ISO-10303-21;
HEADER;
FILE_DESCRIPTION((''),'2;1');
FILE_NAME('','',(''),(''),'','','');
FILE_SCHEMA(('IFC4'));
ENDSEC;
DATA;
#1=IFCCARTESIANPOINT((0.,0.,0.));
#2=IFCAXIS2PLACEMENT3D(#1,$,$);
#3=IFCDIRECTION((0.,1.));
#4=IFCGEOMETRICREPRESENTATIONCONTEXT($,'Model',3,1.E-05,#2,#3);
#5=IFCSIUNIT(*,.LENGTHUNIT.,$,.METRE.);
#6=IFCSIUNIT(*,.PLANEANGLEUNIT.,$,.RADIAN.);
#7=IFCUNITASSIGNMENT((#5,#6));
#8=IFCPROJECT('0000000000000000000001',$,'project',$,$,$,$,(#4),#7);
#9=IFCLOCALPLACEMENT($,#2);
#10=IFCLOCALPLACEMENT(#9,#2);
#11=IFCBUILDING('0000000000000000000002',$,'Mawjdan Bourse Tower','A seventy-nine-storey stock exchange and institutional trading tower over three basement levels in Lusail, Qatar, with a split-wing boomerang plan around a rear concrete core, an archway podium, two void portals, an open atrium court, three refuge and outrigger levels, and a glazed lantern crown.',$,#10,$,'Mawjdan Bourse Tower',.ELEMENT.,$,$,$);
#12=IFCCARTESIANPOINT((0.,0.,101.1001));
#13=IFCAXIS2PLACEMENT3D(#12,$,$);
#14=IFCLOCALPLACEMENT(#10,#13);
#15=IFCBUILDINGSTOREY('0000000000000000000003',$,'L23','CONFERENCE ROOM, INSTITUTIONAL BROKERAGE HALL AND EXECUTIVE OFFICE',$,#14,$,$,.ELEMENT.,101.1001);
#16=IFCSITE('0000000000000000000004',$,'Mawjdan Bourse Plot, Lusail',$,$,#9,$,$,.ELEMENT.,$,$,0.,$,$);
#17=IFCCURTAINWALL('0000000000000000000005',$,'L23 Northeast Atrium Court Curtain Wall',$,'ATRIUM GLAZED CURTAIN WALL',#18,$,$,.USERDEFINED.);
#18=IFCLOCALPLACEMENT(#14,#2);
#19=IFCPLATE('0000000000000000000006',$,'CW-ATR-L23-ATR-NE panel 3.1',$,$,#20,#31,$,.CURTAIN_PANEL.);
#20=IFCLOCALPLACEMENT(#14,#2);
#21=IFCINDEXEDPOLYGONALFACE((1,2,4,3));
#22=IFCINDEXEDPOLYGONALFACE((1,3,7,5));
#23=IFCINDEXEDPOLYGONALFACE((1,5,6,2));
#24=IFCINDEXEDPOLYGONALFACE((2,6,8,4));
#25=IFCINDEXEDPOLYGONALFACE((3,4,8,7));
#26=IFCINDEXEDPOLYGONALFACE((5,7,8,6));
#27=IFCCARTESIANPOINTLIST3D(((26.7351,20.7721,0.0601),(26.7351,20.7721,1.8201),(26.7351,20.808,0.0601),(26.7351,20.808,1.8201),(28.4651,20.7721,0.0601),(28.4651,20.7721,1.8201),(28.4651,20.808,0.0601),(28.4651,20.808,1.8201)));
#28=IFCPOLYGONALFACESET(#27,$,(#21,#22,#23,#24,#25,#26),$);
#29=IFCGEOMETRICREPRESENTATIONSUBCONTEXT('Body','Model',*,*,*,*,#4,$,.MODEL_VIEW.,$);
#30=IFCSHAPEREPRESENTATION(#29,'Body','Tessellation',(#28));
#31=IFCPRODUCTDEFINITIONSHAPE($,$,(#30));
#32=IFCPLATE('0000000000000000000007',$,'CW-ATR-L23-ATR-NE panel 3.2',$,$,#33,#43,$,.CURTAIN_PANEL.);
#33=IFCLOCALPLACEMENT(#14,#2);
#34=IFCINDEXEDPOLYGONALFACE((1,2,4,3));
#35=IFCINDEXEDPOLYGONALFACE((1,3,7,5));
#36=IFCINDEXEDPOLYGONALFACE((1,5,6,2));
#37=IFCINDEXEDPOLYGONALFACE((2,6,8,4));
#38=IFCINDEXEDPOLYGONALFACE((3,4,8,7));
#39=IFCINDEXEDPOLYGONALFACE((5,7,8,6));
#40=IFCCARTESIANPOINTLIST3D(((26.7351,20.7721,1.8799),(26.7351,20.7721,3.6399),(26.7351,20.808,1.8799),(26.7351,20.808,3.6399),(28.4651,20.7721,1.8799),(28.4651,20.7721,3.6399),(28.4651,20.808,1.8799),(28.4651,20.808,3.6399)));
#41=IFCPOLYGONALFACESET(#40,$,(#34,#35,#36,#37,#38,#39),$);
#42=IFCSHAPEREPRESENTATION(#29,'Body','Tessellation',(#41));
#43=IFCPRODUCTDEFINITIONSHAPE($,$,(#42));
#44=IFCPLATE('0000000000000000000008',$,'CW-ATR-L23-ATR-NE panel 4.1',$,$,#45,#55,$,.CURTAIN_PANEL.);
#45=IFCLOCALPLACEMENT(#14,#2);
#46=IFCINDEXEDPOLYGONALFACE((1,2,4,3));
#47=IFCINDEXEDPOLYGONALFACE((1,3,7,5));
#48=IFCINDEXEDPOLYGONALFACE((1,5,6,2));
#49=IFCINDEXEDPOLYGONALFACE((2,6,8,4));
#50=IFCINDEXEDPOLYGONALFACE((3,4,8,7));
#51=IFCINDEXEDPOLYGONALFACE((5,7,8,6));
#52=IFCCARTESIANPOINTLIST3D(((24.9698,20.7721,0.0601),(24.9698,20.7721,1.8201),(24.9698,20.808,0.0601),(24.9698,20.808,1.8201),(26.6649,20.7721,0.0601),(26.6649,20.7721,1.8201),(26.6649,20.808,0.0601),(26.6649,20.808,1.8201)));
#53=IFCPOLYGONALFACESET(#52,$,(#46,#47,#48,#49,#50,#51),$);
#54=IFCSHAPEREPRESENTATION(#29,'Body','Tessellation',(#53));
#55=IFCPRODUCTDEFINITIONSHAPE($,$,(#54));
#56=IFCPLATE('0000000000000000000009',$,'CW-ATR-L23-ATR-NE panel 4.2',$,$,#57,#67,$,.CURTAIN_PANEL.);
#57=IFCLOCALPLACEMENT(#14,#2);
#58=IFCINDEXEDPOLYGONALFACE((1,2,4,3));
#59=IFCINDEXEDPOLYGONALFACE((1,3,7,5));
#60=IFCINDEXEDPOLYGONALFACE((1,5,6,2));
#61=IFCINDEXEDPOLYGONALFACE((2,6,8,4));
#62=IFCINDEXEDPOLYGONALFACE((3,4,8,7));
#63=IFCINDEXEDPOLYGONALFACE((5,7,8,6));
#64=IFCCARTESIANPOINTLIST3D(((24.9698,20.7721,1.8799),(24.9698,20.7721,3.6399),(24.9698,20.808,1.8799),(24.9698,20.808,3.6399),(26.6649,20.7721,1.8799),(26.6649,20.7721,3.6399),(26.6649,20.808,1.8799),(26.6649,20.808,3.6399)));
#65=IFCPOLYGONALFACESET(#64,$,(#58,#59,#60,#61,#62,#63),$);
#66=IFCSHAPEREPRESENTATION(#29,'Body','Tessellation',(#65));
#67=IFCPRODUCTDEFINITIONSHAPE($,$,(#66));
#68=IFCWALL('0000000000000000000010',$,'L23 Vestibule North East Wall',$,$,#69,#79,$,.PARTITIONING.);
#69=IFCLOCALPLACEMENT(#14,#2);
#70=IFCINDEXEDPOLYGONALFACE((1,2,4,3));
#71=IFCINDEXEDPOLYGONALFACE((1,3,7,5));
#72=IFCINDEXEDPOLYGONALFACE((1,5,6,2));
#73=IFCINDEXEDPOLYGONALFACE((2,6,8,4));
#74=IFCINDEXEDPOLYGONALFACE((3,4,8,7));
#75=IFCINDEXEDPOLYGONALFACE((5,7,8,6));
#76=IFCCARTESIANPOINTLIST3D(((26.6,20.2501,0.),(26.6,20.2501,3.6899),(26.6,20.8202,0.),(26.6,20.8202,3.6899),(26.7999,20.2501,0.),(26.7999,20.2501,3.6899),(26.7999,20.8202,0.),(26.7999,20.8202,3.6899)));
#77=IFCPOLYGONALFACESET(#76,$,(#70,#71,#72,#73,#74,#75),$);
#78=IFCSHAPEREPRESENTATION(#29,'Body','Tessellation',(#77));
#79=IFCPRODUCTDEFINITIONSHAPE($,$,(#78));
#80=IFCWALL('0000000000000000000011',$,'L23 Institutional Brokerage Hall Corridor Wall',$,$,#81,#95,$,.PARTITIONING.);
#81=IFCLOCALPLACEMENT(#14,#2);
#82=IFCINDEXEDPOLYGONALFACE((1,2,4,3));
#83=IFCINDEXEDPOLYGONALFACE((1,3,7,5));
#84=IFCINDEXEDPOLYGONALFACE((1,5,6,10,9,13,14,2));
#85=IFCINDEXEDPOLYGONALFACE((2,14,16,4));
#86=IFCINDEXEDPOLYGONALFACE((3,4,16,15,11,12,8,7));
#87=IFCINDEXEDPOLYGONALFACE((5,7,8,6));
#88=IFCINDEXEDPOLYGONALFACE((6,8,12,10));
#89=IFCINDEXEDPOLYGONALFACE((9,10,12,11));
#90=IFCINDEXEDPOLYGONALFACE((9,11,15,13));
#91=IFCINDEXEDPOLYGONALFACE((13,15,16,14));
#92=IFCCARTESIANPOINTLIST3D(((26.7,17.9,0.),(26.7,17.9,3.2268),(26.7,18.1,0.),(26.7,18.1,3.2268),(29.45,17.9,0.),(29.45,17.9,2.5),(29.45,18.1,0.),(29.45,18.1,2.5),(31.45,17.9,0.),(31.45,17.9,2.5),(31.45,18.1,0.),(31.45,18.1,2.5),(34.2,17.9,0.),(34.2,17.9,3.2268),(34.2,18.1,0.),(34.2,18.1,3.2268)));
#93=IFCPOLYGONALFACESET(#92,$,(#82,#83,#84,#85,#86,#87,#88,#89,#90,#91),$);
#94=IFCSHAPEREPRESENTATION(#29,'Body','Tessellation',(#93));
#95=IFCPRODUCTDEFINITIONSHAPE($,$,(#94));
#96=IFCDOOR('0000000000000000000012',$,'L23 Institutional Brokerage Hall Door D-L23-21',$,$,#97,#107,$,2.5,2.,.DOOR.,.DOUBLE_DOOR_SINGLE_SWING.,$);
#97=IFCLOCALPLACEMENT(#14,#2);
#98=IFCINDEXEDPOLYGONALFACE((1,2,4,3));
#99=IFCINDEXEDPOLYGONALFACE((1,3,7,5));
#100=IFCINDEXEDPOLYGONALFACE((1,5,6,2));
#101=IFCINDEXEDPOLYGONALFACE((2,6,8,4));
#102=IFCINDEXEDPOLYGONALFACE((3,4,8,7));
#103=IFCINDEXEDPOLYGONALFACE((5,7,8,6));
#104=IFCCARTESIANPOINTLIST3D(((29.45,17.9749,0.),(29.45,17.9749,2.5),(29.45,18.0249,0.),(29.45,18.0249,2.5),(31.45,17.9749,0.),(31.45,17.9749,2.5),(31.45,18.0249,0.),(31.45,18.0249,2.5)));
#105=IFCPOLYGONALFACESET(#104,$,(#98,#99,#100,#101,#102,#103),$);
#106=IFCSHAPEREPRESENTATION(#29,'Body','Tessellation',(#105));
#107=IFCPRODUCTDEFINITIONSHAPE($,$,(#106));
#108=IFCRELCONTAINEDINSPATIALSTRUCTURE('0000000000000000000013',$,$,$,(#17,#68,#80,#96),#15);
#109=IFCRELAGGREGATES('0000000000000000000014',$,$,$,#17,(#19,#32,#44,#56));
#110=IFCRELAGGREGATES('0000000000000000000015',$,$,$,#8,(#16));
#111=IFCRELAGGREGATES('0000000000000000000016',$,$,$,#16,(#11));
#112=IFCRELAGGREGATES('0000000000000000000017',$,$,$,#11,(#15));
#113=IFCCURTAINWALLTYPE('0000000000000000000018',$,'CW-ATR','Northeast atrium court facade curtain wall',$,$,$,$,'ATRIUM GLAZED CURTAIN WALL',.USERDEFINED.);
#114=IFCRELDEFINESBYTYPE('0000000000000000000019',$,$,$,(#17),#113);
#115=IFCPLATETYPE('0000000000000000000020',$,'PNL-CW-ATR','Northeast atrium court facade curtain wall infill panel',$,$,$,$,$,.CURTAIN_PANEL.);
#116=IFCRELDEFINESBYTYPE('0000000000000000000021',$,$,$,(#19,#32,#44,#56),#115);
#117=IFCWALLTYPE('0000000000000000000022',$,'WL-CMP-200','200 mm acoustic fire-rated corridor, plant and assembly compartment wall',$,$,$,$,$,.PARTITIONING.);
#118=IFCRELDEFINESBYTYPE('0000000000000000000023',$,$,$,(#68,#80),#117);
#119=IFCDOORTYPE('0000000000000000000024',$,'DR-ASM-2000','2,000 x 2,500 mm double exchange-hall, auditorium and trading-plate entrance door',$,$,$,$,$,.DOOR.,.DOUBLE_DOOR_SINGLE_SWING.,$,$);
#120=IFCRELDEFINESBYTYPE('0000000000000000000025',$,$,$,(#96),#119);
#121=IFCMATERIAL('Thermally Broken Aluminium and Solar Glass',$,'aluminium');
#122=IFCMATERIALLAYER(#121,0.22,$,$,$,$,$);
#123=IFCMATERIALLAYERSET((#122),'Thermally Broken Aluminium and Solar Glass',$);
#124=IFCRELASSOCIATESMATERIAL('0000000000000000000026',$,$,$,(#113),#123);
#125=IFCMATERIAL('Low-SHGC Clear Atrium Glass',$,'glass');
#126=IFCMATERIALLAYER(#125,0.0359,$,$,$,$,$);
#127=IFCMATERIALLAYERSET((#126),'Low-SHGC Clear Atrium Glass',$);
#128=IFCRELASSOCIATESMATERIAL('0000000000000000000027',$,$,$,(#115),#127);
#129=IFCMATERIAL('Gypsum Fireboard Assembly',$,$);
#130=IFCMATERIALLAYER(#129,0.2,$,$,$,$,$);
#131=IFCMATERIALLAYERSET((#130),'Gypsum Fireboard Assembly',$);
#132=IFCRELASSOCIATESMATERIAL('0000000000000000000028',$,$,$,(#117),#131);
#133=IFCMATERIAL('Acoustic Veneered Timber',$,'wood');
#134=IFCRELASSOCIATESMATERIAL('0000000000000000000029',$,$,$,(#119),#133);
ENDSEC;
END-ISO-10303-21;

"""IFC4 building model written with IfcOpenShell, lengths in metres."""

from ifc_helpers import new_model, si_unit, direction, frame, frame_2d, origin, origin_2d, place, context, subcontext, project, spatial, rectangle, extrude, material, layer, layer_set, type_object, element, fill, aggregate, save


model = new_model("IFC4")

# Units and contexts
model_context = context("Model", 3, precision=1e-05, world=origin(), true_north=direction((0.0, 1.0)))
body_context = subcontext(model_context, "Body", "Model", "MODEL_VIEW")
ifc_project = project(units=[si_unit("LENGTHUNIT", "METRE"), si_unit("PLANEANGLEUNIT", "RADIAN")], contexts=[model_context])

# Site, building, storey
site_placement = place(None, origin())
site = spatial("IfcSite", under=ifc_project, at=site_placement, Name="Mawjdan Bourse Plot, Lusail", CompositionType="ELEMENT", RefElevation=0.0)
building_placement = place(site_placement, origin())
building = spatial("IfcBuilding", under=site, at=building_placement, Name="Mawjdan Bourse Tower", Description="A seventy-nine-storey stock exchange and institutional trading tower over three basement levels in Lusail, Qatar, with a split-wing boomerang plan around a rear concrete core, an archway podium, two void portals, an open atrium court, three refuge and outrigger levels, and a glazed lantern crown.", LongName="Mawjdan Bourse Tower", CompositionType="ELEMENT")
storey_placement = place(building_placement, frame((0.0, 0.0, 101.1001)))
storey = spatial("IfcBuildingStorey", under=building, at=storey_placement, Name="L23", Description="CONFERENCE ROOM, INSTITUTIONAL BROKERAGE HALL AND EXECUTIVE OFFICE", CompositionType="ELEMENT", Elevation=101.1001)

# Curtain wall, plates
ifc_material_1 = material(Name="Thermally Broken Aluminium and Solar Glass", Category="aluminium")
ifc_layer_1 = layer(ifc_material_1, 0.22)
ifc_layer_set_1 = layer_set([ifc_layer_1], Name="Thermally Broken Aluminium and Solar Glass")
curtain_wall_type = type_object("IfcCurtainWallType", Name="CW-ATR", Description="Northeast atrium court facade curtain wall", ElementType="ATRIUM GLAZED CURTAIN WALL", PredefinedType="USERDEFINED", material=ifc_layer_set_1)
curtain_wall_placement = place(storey_placement, origin())
curtain_wall = element("IfcCurtainWall", 1, at=curtain_wall_placement, inside=storey, type_object=curtain_wall_type, Name="L23 Northeast Atrium Court Curtain Wall", ObjectType="ATRIUM GLAZED CURTAIN WALL", PredefinedType="USERDEFINED")
ifc_material_2 = material(Name="Low-SHGC Clear Atrium Glass", Category="glass")
ifc_layer_2 = layer(ifc_material_2, 0.0359)
ifc_layer_set_2 = layer_set([ifc_layer_2], Name="Low-SHGC Clear Atrium Glass")
plate_type = type_object("IfcPlateType", Name="PNL-CW-ATR", Description="Northeast atrium court facade curtain wall infill panel", PredefinedType="CURTAIN_PANEL", material=ifc_layer_set_2)
plate_1_placement = place(storey_placement, frame((27.6001, 20.79, 0.0601), z_axis=(0.0, 0.0, 1.0), x_axis=(-1.0, 0.0, 0.0)))
plate_1 = element("IfcPlate", 2, at=plate_1_placement, type_object=plate_type, Name="CW-ATR-L23-ATR-NE panel 3.1", PredefinedType="CURTAIN_PANEL", context=body_context, shape_type="SweptSolid", body=[
    extrude(rectangle(XDim=1.73, YDim=0.0359, at=origin_2d()), origin(), (0.0, 0.0, 1.0), 1.76),
])
plate_2_placement = place(storey_placement, frame((27.6001, 20.79, 1.8799), z_axis=(0.0, 0.0, 1.0), x_axis=(-1.0, 0.0, 0.0)))
plate_2 = element("IfcPlate", 3, at=plate_2_placement, type_object=plate_type, Name="CW-ATR-L23-ATR-NE panel 3.2", PredefinedType="CURTAIN_PANEL", context=body_context, shape_type="SweptSolid", body=[
    extrude(rectangle(XDim=1.73, YDim=0.0359, at=origin_2d()), origin(), (0.0, 0.0, 1.0), 1.76),
])
plate_3_placement = place(storey_placement, frame((25.8174, 20.79, 0.0601), z_axis=(0.0, 0.0, 1.0), x_axis=(-1.0, 0.0, 0.0)))
plate_3 = element("IfcPlate", 4, at=plate_3_placement, type_object=plate_type, Name="CW-ATR-L23-ATR-NE panel 4.1", PredefinedType="CURTAIN_PANEL", context=body_context, shape_type="SweptSolid", body=[
    extrude(rectangle(XDim=1.6951, YDim=0.0359, at=origin_2d()), origin(), (0.0, 0.0, 1.0), 1.76),
])
plate_4_placement = place(storey_placement, frame((25.8174, 20.79, 1.8799), z_axis=(0.0, 0.0, 1.0), x_axis=(-1.0, 0.0, 0.0)))
plate_4 = element("IfcPlate", 5, at=plate_4_placement, type_object=plate_type, Name="CW-ATR-L23-ATR-NE panel 4.2", PredefinedType="CURTAIN_PANEL", context=body_context, shape_type="SweptSolid", body=[
    extrude(rectangle(XDim=1.6951, YDim=0.0359, at=origin_2d()), origin(), (0.0, 0.0, 1.0), 1.76),
])
aggregate(curtain_wall, [plate_1, plate_2, plate_3, plate_4])

# Wall
ifc_material_3 = material(Name="Gypsum Fireboard Assembly")
ifc_layer_3 = layer(ifc_material_3, 0.2)
ifc_layer_set_3 = layer_set([ifc_layer_3], Name="Gypsum Fireboard Assembly")
wall_type = type_object("IfcWallType", Name="WL-CMP-200", Description="200 mm acoustic fire-rated corridor, plant and assembly compartment wall", PredefinedType="PARTITIONING", material=ifc_layer_set_3)
wall_1_placement = place(storey_placement, frame((26.7, 20.25, 0.0), z_axis=(0.0, 0.0, 1.0), x_axis=(0.0, 1.0, 0.0)))
element("IfcWall", 6, at=wall_1_placement, inside=storey, type_object=wall_type, Name="L23 Vestibule North East Wall", PredefinedType="PARTITIONING", context=body_context, shape_type="SweptSolid", body=[
    extrude(rectangle(XDim=0.5701, YDim=0.2, at=frame_2d((0.2852, 0.0))), origin(), (0.0, 0.0, 1.0), 3.6899),
])

# Wall, opening, door
wall_2_placement = place(storey_placement, frame((26.7, 18.0, 0.0), z_axis=(0.0, 0.0, 1.0), x_axis=(1.0, 0.0, 0.0)))
wall_2 = element("IfcWall", 7, at=wall_2_placement, inside=storey, type_object=wall_type, Name="L23 Institutional Brokerage Hall Corridor Wall", PredefinedType="PARTITIONING", context=body_context, shape_type="SweptSolid", body=[
    extrude(rectangle(XDim=7.5, YDim=0.2, at=frame_2d((3.75, 0.0))), origin(), (0.0, 0.0, 1.0), 3.2268),
])
opening_placement = place(wall_2_placement, frame((2.75, 0.0, 0.0)))
opening = element("IfcOpeningElement", 8, at=opening_placement, cuts=wall_2, PredefinedType="OPENING", context=body_context, shape_type="SweptSolid", body=[
    extrude(rectangle(XDim=2.0, YDim=2.5, at=frame_2d((1.0, 1.25))), frame((0.0, 0.1099, 0.0), z_axis=(0.0, -1.0, 0.0), x_axis=(1.0, 0.0, 0.0)), (0.0, 0.0, 1.0), 0.22),
])
ifc_material_4 = material(Name="Acoustic Veneered Timber", Category="wood")
door_type = type_object("IfcDoorType", Name="DR-ASM-2000", Description="2,000 x 2,500 mm double exchange-hall, auditorium and trading-plate entrance door", OperationType="DOUBLE_DOOR_SINGLE_SWING", PredefinedType="DOOR", material=ifc_material_4)
door_placement = place(opening_placement, origin())
door = element("IfcDoor", 9, at=door_placement, inside=storey, type_object=door_type, Name="L23 Institutional Brokerage Hall Door D-L23-21", OperationType="DOUBLE_DOOR_SINGLE_SWING", OverallHeight=2.5, OverallWidth=2.0, PredefinedType="DOOR", context=body_context, shape_type="SweptSolid", body=[
    extrude(rectangle(XDim=2.0, YDim=2.5, at=frame_2d((1.0, 1.25))), frame((0.0, 0.0249, 0.0), z_axis=(0.0, -1.0, 0.0), x_axis=(1.0, 0.0, 0.0)), (0.0, 0.0, 1.0), 0.05),
])
fill(opening, door)

save(model, "model.ifc")
